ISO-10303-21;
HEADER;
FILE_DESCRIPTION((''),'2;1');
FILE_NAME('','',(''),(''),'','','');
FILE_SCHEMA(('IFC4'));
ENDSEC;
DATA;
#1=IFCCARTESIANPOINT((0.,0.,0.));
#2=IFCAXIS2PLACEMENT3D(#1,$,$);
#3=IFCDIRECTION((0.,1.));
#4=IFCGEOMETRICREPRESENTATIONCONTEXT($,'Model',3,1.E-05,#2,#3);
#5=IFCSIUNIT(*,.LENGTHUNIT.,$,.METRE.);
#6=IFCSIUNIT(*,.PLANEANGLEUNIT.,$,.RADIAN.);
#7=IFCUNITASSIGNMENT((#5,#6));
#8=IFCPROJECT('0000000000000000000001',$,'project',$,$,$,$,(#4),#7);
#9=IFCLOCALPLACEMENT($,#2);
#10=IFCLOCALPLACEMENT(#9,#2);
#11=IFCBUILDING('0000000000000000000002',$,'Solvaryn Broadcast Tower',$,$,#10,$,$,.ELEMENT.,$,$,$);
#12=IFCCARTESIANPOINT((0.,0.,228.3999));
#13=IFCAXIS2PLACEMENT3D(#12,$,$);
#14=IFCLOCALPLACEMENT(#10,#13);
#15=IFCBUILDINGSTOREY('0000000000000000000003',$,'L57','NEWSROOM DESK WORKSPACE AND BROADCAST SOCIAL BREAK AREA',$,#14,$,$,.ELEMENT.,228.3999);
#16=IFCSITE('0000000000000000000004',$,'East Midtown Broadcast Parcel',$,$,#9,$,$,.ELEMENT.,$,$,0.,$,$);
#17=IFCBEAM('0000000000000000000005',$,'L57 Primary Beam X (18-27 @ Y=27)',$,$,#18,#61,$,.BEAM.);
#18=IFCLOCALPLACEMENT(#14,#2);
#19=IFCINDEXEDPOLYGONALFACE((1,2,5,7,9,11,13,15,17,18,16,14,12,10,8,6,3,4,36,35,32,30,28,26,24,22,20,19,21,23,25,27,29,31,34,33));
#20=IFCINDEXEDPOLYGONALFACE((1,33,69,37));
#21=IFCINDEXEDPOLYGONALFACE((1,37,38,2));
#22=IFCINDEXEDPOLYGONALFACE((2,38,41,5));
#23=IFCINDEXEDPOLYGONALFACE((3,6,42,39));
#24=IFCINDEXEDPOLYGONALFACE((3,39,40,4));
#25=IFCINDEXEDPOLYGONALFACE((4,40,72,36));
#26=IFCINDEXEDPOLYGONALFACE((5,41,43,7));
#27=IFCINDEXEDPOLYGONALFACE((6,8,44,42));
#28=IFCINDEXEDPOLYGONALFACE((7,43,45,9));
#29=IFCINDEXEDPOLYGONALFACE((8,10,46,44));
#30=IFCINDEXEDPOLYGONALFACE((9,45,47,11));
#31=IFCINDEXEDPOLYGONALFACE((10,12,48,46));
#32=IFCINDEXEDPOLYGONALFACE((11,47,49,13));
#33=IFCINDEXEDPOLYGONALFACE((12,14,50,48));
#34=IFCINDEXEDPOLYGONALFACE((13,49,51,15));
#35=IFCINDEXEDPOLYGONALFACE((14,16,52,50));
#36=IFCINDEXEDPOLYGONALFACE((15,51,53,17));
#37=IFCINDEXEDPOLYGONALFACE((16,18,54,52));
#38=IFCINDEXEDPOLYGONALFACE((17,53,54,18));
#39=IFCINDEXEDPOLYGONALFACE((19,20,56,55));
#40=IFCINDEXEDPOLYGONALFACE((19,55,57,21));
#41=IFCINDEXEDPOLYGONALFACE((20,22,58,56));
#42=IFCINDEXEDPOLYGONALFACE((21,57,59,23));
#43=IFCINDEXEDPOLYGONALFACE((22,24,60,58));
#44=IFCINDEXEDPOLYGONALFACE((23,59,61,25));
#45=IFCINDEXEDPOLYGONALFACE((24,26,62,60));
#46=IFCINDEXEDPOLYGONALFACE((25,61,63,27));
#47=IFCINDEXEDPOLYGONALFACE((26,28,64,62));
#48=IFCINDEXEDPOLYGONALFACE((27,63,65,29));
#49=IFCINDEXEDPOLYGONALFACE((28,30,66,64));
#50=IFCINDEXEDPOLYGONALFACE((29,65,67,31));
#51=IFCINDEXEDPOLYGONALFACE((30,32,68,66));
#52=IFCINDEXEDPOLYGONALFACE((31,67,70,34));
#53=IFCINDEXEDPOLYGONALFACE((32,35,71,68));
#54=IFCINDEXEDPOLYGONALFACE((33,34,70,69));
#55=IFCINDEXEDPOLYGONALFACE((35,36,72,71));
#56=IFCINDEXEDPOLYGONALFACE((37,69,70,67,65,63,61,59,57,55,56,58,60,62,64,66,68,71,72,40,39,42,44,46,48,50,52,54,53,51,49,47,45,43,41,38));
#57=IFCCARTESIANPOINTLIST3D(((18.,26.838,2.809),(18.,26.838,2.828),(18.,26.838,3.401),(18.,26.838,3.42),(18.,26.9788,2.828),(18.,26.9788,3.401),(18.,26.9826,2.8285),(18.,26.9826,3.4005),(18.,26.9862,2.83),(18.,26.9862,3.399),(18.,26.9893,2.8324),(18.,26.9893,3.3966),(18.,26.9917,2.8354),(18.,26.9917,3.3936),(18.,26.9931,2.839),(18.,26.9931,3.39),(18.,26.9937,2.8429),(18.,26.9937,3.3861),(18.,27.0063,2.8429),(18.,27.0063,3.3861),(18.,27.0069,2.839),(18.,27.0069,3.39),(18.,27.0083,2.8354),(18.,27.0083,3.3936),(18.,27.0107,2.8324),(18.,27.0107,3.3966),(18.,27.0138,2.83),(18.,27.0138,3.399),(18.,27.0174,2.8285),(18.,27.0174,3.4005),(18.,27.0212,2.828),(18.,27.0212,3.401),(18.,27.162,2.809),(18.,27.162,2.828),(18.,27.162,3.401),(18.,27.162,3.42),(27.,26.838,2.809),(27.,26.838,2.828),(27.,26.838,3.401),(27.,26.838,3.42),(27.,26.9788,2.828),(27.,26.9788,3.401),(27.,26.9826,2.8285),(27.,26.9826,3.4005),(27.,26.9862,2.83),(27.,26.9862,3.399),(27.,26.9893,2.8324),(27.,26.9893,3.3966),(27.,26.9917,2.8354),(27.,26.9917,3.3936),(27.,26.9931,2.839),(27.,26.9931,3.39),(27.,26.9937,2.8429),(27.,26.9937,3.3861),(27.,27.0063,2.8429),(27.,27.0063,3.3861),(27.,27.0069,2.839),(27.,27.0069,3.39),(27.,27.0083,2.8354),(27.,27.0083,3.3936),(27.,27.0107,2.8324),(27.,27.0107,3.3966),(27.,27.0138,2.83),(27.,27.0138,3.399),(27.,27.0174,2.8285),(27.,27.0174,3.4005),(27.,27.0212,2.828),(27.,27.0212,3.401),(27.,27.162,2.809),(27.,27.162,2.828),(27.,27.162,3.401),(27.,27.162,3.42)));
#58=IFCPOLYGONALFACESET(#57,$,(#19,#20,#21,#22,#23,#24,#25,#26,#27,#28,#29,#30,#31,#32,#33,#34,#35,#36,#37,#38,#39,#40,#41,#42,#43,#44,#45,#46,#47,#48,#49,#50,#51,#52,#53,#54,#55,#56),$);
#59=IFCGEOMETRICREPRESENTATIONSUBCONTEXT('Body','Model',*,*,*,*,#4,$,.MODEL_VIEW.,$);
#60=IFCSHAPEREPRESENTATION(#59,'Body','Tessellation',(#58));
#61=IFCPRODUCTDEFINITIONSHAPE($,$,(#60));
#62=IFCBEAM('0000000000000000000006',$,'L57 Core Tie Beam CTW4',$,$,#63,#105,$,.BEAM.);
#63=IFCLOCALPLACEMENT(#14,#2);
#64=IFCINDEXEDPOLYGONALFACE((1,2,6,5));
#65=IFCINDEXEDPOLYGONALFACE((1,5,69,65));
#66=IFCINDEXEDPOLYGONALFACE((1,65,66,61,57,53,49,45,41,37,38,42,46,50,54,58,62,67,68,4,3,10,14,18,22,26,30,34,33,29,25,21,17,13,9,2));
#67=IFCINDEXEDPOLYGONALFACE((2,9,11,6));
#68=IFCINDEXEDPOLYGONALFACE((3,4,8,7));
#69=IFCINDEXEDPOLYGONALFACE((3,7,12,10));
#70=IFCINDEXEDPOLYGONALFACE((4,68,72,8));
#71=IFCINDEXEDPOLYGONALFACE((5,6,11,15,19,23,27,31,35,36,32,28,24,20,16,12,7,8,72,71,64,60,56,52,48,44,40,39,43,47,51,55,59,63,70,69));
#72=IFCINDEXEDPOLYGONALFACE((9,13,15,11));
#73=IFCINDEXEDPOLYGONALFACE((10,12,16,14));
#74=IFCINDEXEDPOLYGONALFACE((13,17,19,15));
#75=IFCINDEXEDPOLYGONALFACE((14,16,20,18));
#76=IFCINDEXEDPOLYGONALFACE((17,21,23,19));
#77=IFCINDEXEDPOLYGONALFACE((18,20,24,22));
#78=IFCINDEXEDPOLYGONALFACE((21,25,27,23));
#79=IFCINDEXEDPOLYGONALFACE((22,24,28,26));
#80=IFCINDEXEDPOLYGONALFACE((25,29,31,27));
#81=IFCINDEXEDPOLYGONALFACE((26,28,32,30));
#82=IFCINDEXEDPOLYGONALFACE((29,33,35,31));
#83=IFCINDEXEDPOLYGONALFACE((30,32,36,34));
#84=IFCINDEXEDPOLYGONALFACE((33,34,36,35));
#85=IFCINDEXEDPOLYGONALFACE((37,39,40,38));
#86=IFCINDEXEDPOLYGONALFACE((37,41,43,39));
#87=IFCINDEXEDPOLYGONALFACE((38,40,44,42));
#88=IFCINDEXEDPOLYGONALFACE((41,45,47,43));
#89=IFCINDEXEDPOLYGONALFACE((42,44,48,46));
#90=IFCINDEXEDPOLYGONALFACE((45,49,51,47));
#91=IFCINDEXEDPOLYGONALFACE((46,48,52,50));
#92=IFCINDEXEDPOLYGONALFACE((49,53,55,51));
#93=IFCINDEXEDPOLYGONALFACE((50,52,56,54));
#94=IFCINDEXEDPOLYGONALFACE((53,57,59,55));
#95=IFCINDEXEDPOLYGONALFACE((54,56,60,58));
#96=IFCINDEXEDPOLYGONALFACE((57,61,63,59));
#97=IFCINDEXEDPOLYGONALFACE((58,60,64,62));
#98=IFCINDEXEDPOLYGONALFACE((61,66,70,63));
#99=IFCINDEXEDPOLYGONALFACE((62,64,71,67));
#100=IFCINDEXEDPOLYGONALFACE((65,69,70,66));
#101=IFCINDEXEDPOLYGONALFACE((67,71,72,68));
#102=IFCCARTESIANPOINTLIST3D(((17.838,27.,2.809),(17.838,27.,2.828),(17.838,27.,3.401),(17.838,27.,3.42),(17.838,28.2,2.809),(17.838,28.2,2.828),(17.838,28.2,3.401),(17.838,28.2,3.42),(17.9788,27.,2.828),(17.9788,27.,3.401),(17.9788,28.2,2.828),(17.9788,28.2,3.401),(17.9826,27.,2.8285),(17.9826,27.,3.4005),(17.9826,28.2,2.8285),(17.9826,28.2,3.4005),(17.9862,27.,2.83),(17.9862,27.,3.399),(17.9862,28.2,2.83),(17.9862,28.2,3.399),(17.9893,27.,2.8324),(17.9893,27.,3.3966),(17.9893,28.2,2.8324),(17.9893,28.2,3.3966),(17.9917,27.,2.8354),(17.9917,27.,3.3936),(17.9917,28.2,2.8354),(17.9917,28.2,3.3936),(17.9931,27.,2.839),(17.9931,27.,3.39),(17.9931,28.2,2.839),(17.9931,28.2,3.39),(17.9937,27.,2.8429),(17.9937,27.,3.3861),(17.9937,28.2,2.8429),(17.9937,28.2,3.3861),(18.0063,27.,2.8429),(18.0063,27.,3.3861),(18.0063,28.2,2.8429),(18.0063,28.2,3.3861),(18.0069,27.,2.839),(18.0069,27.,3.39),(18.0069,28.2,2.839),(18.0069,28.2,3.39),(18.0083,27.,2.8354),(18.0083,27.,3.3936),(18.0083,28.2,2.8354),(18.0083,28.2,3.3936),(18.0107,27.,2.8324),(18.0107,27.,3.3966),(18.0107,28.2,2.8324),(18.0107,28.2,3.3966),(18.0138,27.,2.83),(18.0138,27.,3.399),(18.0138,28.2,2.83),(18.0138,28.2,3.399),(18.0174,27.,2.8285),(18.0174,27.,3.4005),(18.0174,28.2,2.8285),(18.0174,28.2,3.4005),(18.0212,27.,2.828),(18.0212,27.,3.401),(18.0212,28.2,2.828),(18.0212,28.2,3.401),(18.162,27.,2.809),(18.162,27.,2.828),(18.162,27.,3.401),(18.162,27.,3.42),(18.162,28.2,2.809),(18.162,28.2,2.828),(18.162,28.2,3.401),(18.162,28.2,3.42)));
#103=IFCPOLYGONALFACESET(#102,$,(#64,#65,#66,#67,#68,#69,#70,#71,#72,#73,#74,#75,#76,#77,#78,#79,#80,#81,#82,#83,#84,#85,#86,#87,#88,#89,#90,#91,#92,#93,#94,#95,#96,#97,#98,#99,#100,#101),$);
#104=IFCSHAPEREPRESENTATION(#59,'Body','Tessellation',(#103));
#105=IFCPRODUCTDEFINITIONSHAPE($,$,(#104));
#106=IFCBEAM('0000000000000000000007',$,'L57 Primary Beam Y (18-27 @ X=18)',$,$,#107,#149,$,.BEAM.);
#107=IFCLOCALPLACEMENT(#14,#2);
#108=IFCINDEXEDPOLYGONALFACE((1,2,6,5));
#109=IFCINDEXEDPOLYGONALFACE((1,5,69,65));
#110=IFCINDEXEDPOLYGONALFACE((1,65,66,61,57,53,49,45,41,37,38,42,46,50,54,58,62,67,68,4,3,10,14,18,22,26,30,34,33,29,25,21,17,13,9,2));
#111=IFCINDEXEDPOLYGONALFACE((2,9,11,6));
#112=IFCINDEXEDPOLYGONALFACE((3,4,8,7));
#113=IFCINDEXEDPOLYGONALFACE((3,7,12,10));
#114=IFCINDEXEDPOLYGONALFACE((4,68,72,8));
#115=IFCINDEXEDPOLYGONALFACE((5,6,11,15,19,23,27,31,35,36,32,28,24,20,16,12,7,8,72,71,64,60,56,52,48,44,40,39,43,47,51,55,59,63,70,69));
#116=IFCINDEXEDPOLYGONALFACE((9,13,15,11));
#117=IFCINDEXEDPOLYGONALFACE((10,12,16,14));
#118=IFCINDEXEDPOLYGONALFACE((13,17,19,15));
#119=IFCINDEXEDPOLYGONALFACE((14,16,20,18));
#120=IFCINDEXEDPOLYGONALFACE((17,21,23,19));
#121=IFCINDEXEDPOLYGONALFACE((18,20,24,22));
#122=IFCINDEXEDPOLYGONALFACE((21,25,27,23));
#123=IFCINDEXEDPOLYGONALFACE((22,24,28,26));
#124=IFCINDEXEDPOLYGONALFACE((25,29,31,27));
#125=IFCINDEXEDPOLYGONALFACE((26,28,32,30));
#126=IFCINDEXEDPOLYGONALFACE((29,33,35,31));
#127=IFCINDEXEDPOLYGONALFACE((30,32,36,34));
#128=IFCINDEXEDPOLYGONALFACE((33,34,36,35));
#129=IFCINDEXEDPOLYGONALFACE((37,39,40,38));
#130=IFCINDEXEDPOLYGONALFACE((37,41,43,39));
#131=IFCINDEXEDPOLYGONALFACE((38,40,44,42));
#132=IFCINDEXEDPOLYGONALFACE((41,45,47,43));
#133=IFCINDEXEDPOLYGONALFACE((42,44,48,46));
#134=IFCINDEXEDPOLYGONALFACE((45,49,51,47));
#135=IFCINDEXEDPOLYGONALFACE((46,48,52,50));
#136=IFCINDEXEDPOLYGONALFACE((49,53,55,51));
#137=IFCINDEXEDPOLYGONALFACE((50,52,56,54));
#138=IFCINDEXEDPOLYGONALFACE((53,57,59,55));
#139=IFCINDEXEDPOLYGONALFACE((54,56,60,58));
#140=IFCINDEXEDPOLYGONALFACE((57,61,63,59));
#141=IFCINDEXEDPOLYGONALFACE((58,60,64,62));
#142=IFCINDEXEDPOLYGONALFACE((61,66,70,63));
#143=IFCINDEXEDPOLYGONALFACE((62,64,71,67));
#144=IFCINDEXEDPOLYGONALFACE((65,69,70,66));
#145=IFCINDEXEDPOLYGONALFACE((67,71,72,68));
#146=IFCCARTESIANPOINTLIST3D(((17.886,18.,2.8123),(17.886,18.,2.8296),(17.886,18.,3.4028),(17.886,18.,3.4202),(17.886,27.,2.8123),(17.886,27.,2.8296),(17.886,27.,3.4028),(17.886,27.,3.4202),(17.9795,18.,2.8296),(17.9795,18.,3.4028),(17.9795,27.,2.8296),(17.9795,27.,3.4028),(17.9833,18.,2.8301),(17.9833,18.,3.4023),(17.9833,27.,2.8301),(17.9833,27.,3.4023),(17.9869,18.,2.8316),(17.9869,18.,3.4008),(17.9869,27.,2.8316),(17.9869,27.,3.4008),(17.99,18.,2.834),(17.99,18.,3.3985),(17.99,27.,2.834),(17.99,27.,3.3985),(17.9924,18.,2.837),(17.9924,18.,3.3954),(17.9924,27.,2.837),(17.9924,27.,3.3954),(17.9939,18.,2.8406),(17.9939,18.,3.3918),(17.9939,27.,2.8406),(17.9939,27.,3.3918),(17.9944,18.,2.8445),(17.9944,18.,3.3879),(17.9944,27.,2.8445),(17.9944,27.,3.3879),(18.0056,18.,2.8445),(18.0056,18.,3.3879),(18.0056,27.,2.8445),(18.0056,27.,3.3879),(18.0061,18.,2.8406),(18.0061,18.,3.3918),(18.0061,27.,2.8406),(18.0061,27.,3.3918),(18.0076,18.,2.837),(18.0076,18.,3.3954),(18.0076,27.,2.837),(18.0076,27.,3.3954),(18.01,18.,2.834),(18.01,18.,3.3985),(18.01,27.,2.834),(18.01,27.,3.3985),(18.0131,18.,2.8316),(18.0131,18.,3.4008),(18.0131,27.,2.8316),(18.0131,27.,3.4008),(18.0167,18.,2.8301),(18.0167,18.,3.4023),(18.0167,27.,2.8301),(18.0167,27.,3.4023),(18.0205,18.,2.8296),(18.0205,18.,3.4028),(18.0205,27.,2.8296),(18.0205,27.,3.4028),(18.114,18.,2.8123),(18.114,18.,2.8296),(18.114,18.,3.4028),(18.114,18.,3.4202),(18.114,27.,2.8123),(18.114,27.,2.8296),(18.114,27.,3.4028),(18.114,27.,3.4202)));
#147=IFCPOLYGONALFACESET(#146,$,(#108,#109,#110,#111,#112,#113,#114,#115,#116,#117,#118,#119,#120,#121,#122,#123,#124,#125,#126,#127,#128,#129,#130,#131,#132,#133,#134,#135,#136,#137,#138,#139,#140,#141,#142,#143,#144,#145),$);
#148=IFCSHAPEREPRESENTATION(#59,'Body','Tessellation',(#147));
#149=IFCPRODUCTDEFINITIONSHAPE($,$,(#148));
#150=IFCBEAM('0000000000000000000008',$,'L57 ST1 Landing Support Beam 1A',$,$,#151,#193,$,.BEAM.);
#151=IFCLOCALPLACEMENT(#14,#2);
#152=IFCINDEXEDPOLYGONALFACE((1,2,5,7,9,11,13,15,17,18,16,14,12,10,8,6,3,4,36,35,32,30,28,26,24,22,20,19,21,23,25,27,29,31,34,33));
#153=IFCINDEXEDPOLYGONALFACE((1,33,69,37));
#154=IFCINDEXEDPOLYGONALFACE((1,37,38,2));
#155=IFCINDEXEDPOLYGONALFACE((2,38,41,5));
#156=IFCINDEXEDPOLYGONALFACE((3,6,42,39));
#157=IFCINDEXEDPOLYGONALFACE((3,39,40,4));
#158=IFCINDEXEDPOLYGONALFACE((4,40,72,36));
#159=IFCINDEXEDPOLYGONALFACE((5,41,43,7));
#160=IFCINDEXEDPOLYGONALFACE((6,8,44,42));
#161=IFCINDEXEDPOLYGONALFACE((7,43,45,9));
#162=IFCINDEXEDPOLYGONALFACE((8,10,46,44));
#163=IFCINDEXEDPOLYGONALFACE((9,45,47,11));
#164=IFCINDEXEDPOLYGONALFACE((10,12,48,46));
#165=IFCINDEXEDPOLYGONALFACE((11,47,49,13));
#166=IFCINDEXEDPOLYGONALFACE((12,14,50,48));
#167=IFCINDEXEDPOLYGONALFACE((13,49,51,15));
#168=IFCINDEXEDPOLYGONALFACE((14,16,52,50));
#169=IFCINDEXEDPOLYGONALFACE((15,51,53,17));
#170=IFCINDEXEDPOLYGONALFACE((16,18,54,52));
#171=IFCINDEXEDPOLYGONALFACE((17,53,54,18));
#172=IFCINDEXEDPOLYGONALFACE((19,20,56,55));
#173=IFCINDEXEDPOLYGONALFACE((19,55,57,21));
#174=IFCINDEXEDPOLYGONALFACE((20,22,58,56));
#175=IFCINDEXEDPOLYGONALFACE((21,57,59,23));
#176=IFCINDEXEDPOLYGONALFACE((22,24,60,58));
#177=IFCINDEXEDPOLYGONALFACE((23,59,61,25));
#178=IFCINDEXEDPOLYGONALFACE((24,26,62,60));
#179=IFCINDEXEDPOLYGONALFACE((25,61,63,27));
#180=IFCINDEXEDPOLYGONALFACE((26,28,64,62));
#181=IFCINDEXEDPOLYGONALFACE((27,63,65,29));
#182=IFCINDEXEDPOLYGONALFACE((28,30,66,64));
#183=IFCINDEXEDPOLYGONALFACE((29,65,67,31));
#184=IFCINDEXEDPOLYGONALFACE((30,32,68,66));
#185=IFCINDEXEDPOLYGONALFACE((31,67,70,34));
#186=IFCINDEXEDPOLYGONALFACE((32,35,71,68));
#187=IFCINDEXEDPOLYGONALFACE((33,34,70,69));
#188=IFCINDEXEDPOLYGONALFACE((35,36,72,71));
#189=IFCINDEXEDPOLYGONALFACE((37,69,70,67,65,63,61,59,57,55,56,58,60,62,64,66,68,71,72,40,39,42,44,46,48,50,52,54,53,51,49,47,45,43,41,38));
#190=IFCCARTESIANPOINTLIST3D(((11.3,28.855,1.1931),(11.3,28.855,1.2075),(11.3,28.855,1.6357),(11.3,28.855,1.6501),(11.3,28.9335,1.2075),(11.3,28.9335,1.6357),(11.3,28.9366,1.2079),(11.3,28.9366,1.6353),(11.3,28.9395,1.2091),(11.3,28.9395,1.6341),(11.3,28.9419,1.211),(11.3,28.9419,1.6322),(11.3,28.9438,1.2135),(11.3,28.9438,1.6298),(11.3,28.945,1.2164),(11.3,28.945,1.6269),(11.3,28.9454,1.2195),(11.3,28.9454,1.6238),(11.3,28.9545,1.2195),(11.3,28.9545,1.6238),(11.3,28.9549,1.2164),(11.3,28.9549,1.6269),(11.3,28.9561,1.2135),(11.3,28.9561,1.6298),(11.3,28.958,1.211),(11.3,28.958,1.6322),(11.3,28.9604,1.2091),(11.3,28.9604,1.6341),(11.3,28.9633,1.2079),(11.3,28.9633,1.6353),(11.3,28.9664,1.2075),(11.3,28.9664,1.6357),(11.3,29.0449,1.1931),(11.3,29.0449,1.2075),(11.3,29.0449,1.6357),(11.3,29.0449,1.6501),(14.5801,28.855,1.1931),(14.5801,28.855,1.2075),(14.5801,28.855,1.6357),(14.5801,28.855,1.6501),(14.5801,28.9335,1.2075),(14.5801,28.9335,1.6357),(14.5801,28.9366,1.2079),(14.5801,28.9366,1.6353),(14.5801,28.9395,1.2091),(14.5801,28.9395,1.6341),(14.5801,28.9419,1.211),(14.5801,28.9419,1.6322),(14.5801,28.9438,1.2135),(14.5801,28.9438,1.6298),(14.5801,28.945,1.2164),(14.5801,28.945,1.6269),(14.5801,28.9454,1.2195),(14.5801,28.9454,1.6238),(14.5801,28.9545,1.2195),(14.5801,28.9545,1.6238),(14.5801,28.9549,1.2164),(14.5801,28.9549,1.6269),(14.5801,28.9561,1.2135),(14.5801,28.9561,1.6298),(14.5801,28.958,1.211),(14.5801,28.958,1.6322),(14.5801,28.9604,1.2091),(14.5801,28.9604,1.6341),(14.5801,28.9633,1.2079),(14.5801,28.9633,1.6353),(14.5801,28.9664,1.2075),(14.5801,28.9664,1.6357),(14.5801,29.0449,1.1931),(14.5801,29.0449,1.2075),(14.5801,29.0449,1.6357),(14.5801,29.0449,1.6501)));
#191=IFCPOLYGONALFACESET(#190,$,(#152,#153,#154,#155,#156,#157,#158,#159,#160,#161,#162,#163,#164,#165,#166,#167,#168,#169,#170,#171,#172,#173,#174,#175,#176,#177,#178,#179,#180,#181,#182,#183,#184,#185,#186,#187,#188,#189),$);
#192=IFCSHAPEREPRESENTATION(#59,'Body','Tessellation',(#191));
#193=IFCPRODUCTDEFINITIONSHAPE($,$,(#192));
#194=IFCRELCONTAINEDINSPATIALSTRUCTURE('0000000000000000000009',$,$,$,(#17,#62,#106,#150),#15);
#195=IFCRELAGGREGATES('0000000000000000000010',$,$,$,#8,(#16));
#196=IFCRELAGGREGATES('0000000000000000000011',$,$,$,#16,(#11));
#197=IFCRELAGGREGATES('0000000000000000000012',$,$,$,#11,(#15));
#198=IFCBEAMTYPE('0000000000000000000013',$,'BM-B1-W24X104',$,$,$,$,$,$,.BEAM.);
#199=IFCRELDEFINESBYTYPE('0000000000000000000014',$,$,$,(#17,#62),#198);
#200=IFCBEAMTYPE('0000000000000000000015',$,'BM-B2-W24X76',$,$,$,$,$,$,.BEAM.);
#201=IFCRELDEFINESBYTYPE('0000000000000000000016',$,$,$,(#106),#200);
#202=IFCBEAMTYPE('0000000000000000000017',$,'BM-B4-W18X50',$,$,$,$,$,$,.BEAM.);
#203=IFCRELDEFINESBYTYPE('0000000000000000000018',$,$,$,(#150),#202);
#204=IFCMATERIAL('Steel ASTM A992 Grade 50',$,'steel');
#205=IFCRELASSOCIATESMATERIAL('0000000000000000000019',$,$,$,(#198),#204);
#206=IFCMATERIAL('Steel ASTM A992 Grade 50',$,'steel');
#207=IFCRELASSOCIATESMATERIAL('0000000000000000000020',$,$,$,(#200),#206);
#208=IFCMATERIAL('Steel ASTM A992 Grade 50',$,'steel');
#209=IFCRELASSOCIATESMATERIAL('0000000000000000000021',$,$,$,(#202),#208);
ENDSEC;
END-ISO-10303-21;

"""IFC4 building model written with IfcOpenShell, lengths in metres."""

from ifc_helpers import new_model, si_unit, direction, frame, origin, origin_2d, place, context, subcontext, project, spatial, i_section, extrude, material, material_profile, profile_set, type_object, element, save


model = new_model("IFC4")

# Units and contexts
model_context = context("Model", 3, precision=1e-05, world=origin(), true_north=direction((0.0, 1.0)))
body_context = subcontext(model_context, "Body", "Model", "MODEL_VIEW")
ifc_project = project(units=[si_unit("LENGTHUNIT", "METRE"), si_unit("PLANEANGLEUNIT", "RADIAN")], contexts=[model_context])

# Site, building, storey
site_placement = place(None, origin())
site = spatial("IfcSite", under=ifc_project, at=site_placement, Name="East Midtown Broadcast Parcel", CompositionType="ELEMENT", RefElevation=0.0)
building_placement = place(site_placement, origin())
building = spatial("IfcBuilding", under=site, at=building_placement, Name="Solvaryn Broadcast Tower", CompositionType="ELEMENT")
storey_placement = place(building_placement, frame((0.0, 0.0, 228.3999)))
storey = spatial("IfcBuildingStorey", under=building, at=storey_placement, Name="L57", Description="NEWSROOM DESK WORKSPACE AND BROADCAST SOCIAL BREAK AREA", CompositionType="ELEMENT", Elevation=228.3999)

# Beams
ifc_material_1 = material(Name="Steel ASTM A992 Grade 50", Category="steel")
ifc_material_profile_1 = material_profile(ifc_material_1, i_section(OverallWidth=0.324, OverallDepth=0.6111, WebThickness=0.0127, FlangeThickness=0.019, FilletRadius=0.0149, at=origin_2d()))
ifc_profile_set_1 = profile_set([ifc_material_profile_1], Name="Steel ASTM A992 Grade 50")
beam_type_1 = type_object("IfcBeamType", Name="BM-B1-W24X104", PredefinedType="BEAM", material=ifc_profile_set_1)
for number, where, z_axis, x_axis, name in (
    (1, (18.0, 27.0, 3.1145), (1.0, 0.0, 0.0), (0.0, 1.0, 0.0), "L57 Primary Beam X (18-27 @ Y=27)"),
):
    element("IfcBeam", number, at=place(storey_placement, frame(where, z_axis=z_axis, x_axis=x_axis)), inside=storey, type_object=beam_type_1, Name=name, PredefinedType="BEAM", context=body_context, shape_type="SweptSolid", body=[
        extrude(i_section(OverallWidth=0.324, OverallDepth=0.6111, WebThickness=0.0127, FlangeThickness=0.019, FilletRadius=0.0149, at=origin_2d()), origin(), (0.0, 0.0, 1.0), 9.0),
    ])
beam_1_placement = place(storey_placement, frame((18.0, 27.0, 3.1145), z_axis=(0.0, 1.0, 0.0), x_axis=(-1.0, 0.0, 0.0)))
element("IfcBeam", 2, at=beam_1_placement, inside=storey, type_object=beam_type_1, Name="L57 Core Tie Beam CTW4", PredefinedType="BEAM", context=body_context, shape_type="SweptSolid", body=[
    extrude(i_section(OverallWidth=0.324, OverallDepth=0.6111, WebThickness=0.0127, FlangeThickness=0.019, FilletRadius=0.0149, at=origin_2d()), origin(), (0.0, 0.0, 1.0), 1.2),
])
ifc_material_2 = material(Name="Steel ASTM A992 Grade 50", Category="steel")
ifc_material_profile_2 = material_profile(ifc_material_2, i_section(OverallWidth=0.228, OverallDepth=0.6079, WebThickness=0.0112, FlangeThickness=0.0173, FilletRadius=0.0149, at=origin_2d()))
ifc_profile_set_2 = profile_set([ifc_material_profile_2], Name="Steel ASTM A992 Grade 50")
beam_type_2 = type_object("IfcBeamType", Name="BM-B2-W24X76", PredefinedType="BEAM", material=ifc_profile_set_2)
beam_2_placement = place(storey_placement, frame((18.0, 18.0, 3.1162), z_axis=(0.0, 1.0, 0.0), x_axis=(-1.0, 0.0, 0.0)))
element("IfcBeam", 3, at=beam_2_placement, inside=storey, type_object=beam_type_2, Name="L57 Primary Beam Y (18-27 @ X=18)", PredefinedType="BEAM", context=body_context, shape_type="SweptSolid", body=[
    extrude(i_section(OverallWidth=0.228, OverallDepth=0.6079, WebThickness=0.0112, FlangeThickness=0.0173, FilletRadius=0.0149, at=origin_2d()), origin(), (0.0, 0.0, 1.0), 9.0),
])
ifc_material_3 = material(Name="Steel ASTM A992 Grade 50", Category="steel")
ifc_material_profile_3 = material_profile(ifc_material_3, i_section(OverallWidth=0.1899, OverallDepth=0.457, WebThickness=0.009, FlangeThickness=0.0144, FilletRadius=0.012, at=origin_2d()))
ifc_profile_set_3 = profile_set([ifc_material_profile_3], Name="Steel ASTM A992 Grade 50")
beam_type_3 = type_object("IfcBeamType", Name="BM-B4-W18X50", PredefinedType="BEAM", material=ifc_profile_set_3)
beam_3_placement = place(storey_placement, frame((11.3, 28.95, 1.4216), z_axis=(1.0, 0.0, 0.0), x_axis=(0.0, 1.0, 0.0)))
element("IfcBeam", 4, at=beam_3_placement, inside=storey, type_object=beam_type_3, Name="L57 ST1 Landing Support Beam 1A", PredefinedType="BEAM", context=body_context, shape_type="SweptSolid", body=[
    extrude(i_section(OverallWidth=0.1899, OverallDepth=0.457, WebThickness=0.009, FlangeThickness=0.0144, FilletRadius=0.012, at=origin_2d()), origin(), (0.0, 0.0, 1.0), 3.28),
])

save(model, "model.ifc")
